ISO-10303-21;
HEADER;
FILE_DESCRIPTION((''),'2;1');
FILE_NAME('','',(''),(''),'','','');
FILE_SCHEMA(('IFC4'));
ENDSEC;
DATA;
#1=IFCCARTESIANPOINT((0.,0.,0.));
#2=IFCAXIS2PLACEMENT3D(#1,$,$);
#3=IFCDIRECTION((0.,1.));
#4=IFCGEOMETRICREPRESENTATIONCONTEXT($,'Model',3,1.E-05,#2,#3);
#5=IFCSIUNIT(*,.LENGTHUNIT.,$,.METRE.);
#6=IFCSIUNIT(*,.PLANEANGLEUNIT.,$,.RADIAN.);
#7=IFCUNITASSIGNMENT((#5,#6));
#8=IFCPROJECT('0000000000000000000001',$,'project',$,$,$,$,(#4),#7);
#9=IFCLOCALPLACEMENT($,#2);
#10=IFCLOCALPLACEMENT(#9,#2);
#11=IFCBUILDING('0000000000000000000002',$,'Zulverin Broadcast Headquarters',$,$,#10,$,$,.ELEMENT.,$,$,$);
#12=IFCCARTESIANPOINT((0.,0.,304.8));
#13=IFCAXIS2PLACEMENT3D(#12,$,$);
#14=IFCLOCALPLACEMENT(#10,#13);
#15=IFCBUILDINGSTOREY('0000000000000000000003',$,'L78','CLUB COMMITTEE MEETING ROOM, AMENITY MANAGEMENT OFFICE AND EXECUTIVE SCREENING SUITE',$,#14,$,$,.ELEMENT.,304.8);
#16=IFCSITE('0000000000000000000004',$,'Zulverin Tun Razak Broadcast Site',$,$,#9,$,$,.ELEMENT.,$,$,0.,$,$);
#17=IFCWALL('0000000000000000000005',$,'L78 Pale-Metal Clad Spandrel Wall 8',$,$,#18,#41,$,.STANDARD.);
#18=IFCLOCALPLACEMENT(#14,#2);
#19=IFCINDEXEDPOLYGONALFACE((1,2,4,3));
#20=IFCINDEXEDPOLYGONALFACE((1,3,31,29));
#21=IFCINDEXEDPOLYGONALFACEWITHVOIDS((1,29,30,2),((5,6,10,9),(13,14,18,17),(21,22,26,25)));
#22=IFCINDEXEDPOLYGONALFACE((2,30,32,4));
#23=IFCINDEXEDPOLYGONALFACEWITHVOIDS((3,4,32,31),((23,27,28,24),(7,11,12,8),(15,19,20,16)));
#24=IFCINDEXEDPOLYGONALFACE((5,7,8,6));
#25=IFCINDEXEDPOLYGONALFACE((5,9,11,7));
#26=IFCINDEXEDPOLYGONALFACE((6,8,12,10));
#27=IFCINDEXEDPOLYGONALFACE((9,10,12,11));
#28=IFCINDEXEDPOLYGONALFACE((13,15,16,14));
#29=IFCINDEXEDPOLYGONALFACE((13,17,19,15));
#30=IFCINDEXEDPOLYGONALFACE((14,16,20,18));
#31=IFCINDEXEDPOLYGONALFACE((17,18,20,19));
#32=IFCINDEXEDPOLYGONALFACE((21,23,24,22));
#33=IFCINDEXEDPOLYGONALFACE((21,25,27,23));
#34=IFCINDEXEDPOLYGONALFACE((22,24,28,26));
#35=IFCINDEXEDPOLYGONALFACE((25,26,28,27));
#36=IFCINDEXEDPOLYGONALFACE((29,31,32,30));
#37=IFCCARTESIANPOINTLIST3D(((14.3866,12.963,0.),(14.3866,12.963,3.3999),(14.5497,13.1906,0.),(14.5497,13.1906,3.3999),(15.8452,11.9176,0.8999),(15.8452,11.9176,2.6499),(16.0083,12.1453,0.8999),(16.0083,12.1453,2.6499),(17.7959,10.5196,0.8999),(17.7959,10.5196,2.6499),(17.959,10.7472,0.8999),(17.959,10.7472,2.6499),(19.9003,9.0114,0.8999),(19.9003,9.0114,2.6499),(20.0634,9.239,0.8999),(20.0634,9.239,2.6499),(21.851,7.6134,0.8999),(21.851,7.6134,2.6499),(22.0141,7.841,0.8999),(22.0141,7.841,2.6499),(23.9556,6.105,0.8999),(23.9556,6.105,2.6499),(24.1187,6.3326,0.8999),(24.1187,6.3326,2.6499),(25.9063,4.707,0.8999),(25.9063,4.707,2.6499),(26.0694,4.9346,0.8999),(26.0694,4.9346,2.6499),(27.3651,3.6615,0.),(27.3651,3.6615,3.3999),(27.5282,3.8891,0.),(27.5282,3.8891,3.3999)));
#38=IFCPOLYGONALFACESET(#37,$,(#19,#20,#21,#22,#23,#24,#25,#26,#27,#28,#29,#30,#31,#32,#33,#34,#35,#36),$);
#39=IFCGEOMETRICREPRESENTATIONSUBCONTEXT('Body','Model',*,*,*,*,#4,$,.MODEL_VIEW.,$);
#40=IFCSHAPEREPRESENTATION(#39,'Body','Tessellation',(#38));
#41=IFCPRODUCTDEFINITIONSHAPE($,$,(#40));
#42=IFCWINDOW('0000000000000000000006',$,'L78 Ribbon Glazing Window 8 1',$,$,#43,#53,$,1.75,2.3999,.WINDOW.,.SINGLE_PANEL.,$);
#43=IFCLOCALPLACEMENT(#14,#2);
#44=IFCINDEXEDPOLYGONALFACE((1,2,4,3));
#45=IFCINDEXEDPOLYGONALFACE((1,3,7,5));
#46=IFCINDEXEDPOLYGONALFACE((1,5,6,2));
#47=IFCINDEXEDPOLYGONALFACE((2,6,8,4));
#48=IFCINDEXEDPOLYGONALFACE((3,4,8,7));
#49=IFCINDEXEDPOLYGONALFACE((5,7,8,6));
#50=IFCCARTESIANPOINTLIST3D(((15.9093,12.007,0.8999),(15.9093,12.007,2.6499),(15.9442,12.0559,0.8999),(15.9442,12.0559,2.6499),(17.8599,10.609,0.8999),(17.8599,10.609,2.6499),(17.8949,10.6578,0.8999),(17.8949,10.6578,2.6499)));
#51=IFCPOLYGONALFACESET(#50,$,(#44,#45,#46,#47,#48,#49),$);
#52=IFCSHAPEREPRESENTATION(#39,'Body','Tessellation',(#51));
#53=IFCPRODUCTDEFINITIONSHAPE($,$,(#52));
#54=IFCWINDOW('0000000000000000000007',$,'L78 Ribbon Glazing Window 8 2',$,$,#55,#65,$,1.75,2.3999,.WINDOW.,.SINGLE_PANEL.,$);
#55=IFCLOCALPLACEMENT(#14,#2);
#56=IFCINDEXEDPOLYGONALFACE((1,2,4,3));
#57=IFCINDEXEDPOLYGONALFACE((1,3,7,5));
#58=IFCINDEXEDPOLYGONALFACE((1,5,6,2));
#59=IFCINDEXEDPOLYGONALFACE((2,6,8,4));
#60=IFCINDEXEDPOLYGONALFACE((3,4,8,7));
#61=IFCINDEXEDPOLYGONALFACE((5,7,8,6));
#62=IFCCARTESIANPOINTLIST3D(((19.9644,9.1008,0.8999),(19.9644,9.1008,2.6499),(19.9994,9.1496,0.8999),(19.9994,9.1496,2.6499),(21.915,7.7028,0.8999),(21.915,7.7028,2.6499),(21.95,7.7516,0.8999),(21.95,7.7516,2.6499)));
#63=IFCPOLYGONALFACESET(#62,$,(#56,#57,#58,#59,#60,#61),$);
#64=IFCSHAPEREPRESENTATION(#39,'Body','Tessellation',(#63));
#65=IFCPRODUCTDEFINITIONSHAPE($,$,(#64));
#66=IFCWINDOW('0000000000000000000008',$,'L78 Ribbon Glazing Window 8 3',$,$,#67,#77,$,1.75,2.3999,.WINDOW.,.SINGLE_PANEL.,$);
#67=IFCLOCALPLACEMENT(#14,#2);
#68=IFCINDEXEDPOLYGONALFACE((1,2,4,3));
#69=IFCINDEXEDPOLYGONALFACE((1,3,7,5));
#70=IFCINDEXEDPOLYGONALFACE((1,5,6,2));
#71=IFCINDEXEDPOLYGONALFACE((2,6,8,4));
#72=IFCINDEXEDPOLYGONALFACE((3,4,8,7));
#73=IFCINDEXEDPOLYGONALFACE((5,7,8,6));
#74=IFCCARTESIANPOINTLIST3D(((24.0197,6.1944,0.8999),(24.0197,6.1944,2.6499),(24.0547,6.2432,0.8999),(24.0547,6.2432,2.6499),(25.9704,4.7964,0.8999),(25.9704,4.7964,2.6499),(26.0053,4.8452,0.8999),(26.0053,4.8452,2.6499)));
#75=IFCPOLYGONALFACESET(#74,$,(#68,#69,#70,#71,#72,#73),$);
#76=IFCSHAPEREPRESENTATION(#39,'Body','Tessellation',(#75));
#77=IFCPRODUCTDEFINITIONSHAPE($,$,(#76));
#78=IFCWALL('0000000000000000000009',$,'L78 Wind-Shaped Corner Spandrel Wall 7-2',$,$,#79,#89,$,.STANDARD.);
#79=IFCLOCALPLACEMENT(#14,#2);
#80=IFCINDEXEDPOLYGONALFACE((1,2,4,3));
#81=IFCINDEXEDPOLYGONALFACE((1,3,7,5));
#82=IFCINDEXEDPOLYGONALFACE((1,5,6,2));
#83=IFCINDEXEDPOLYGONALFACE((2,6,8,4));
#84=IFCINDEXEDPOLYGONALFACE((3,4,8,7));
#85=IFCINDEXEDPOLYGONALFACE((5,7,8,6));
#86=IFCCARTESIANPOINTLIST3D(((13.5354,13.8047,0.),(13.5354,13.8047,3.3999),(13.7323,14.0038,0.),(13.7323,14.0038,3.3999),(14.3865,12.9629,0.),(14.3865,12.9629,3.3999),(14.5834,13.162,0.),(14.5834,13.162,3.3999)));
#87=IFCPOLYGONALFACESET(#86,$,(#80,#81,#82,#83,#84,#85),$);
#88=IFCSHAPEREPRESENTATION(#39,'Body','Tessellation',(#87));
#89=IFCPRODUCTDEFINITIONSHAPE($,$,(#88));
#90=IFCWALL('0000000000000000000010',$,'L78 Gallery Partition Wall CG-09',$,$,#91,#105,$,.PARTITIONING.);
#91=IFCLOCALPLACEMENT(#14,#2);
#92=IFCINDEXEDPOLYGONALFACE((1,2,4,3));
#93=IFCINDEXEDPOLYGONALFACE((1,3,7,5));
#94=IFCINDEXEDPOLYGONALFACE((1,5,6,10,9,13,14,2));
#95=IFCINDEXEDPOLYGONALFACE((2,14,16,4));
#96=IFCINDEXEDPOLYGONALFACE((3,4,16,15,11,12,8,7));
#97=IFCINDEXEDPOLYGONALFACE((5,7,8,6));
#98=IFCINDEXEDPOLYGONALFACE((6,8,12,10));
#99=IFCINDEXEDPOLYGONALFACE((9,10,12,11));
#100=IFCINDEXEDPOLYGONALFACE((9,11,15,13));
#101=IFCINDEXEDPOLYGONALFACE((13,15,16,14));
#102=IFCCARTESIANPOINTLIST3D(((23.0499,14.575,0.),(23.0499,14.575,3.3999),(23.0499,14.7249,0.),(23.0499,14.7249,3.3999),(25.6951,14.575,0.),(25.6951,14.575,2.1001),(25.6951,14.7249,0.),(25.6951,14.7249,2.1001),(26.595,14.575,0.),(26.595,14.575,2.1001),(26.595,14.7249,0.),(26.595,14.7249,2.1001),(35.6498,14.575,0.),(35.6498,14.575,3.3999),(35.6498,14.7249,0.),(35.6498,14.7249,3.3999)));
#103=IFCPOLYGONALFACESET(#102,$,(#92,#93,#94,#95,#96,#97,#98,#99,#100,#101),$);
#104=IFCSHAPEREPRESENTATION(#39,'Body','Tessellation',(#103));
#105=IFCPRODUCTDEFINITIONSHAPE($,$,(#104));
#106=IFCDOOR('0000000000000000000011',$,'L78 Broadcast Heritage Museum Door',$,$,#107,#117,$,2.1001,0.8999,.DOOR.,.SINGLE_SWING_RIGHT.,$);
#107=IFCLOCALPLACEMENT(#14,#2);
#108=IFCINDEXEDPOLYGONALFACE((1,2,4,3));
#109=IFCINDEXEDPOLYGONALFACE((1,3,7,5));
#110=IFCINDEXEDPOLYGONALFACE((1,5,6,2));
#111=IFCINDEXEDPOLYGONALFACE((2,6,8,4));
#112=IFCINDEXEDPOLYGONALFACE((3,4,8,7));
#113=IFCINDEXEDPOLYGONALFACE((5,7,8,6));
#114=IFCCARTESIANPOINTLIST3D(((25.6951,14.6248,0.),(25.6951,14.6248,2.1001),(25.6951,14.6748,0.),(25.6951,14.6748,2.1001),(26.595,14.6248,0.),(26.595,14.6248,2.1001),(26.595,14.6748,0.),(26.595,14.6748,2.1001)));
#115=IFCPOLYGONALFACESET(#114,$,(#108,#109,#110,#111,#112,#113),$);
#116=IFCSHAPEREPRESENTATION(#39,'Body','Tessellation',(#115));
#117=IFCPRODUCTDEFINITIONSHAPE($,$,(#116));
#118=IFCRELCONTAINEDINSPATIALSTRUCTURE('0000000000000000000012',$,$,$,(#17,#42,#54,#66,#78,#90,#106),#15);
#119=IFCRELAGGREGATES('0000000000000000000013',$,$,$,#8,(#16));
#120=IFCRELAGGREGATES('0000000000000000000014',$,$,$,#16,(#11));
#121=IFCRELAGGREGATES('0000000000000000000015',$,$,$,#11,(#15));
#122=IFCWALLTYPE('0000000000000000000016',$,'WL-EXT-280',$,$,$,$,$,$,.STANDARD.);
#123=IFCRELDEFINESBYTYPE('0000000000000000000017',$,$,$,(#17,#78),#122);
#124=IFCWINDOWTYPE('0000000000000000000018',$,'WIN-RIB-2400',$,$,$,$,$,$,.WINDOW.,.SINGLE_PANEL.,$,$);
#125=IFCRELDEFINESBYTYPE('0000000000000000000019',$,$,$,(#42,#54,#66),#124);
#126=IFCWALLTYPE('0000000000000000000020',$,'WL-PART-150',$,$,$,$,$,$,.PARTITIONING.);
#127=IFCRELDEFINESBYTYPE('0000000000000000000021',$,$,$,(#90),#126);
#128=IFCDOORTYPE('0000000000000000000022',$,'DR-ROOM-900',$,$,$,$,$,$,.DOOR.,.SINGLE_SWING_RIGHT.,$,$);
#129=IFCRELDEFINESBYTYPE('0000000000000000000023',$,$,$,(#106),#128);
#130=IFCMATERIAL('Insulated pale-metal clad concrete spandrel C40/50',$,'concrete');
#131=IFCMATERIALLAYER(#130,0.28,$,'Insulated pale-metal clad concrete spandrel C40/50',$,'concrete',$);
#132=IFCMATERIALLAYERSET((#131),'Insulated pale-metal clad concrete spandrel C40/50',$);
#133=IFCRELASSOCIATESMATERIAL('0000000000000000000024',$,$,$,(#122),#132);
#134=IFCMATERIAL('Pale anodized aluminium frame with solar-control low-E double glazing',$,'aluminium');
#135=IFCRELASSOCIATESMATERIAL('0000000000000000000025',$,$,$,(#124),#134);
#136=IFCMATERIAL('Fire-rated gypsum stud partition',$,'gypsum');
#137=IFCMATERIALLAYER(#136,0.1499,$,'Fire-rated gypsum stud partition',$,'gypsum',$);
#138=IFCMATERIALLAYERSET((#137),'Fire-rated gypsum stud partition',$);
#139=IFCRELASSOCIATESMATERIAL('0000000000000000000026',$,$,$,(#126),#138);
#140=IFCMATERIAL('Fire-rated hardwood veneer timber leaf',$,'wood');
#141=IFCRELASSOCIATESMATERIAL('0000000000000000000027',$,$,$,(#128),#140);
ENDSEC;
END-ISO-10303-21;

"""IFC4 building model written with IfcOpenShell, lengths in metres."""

from ifc_helpers import new_model, si_unit, direction, frame, frame_2d, origin, place, context, subcontext, project, spatial, rectangle, extrude, material, layer, layer_set, type_object, element, fill, save


model = new_model("IFC4")

# Units and contexts
model_context = context("Model", 3, precision=1e-05, world=origin(), true_north=direction((0.0, 1.0)))
body_context = subcontext(model_context, "Body", "Model", "MODEL_VIEW")
ifc_project = project(units=[si_unit("LENGTHUNIT", "METRE"), si_unit("PLANEANGLEUNIT", "RADIAN")], contexts=[model_context])

# Site, building, storey
site_placement = place(None, origin())
site = spatial("IfcSite", under=ifc_project, at=site_placement, Name="Zulverin Tun Razak Broadcast Site", CompositionType="ELEMENT", RefElevation=0.0)
building_placement = place(site_placement, origin())
building = spatial("IfcBuilding", under=site, at=building_placement, Name="Zulverin Broadcast Headquarters", CompositionType="ELEMENT")
storey_placement = place(building_placement, frame((0.0, 0.0, 304.8)))
storey = spatial("IfcBuildingStorey", under=building, at=storey_placement, Name="L78", Description="CLUB COMMITTEE MEETING ROOM, AMENITY MANAGEMENT OFFICE AND EXECUTIVE SCREENING SUITE", CompositionType="ELEMENT", Elevation=304.8)

# Wall, openings, windows
ifc_material_1 = material(Name="Insulated pale-metal clad concrete spandrel C40/50", Category="concrete")
ifc_layer_1 = layer(ifc_material_1, 0.28, Name="Insulated pale-metal clad concrete spandrel C40/50", Category="concrete")
ifc_layer_set_1 = layer_set([ifc_layer_1], Name="Insulated pale-metal clad concrete spandrel C40/50")
wall_type_1 = type_object("IfcWallType", Name="WL-EXT-280", PredefinedType="STANDARD", material=ifc_layer_set_1)
wall_1_placement = place(storey_placement, frame((14.468, 13.0769, 0.0), z_axis=(0.0, 0.0, 1.0), x_axis=(0.81281, -0.582529, 0.0)))
wall_1 = element("IfcWall", 1, at=wall_1_placement, inside=storey, type_object=wall_type_1, Name="L78 Pale-Metal Clad Spandrel Wall 8", PredefinedType="STANDARD", context=body_context, shape_type="SweptSolid", body=[
    extrude(rectangle(XDim=15.9675, YDim=0.28, at=frame_2d((7.9839, 0.0))), origin(), (0.0, 0.0, 1.0), 3.3999),
])
opening_1_placement = place(wall_1_placement, frame((1.7947, 0.0, 0.8999)))
opening_1 = element("IfcOpeningElement", 2, at=opening_1_placement, cuts=wall_1, PredefinedType="OPENING", context=body_context, shape_type="SweptSolid", body=[
    extrude(rectangle(XDim=2.3999, YDim=1.75, at=frame_2d((1.2, 0.875))), frame((0.0, 0.1499, 0.0), z_axis=(0.0, -1.0, 0.0), x_axis=(1.0, 0.0, 0.0)), (0.0, 0.0, 1.0), 0.3),
])
opening_2_placement = place(wall_1_placement, frame((6.7837, 0.0, 0.8999)))
opening_2 = element("IfcOpeningElement", 3, at=opening_2_placement, cuts=wall_1, PredefinedType="OPENING", context=body_context, shape_type="SweptSolid", body=[
    extrude(rectangle(XDim=2.3999, YDim=1.75, at=frame_2d((1.2, 0.875))), frame((0.0, 0.1499, 0.0), z_axis=(0.0, -1.0, 0.0), x_axis=(1.0, 0.0, 0.0)), (0.0, 0.0, 1.0), 0.3),
])
opening_3_placement = place(wall_1_placement, frame((11.7729, 0.0, 0.8999)))
opening_3 = element("IfcOpeningElement", 4, at=opening_3_placement, cuts=wall_1, PredefinedType="OPENING", context=body_context, shape_type="SweptSolid", body=[
    extrude(rectangle(XDim=2.3999, YDim=1.75, at=frame_2d((1.2, 0.875))), frame((0.0, 0.1499, 0.0), z_axis=(0.0, -1.0, 0.0), x_axis=(1.0, 0.0, 0.0)), (0.0, 0.0, 1.0), 0.3),
])
ifc_material_2 = material(Name="Pale anodized aluminium frame with solar-control low-E double glazing", Category="aluminium")
window_type = type_object("IfcWindowType", Name="WIN-RIB-2400", PartitioningType="SINGLE_PANEL", PredefinedType="WINDOW", material=ifc_material_2)
window_1_placement = place(opening_1_placement, origin())
window_1 = element("IfcWindow", 5, at=window_1_placement, inside=storey, type_object=window_type, Name="L78 Ribbon Glazing Window 8 1", OverallHeight=1.75, OverallWidth=2.3999, PartitioningType="SINGLE_PANEL", PredefinedType="WINDOW", context=body_context, shape_type="SweptSolid", body=[
    extrude(rectangle(XDim=2.3999, YDim=1.75, at=frame_2d((1.2, 0.875))), frame((0.0, 0.03, 0.0), z_axis=(0.0, -1.0, 0.0), x_axis=(1.0, 0.0, 0.0)), (0.0, 0.0, 1.0), 0.0601),
])
fill(opening_1, window_1)
window_2_placement = place(opening_2_placement, origin())
window_2 = element("IfcWindow", 6, at=window_2_placement, inside=storey, type_object=window_type, Name="L78 Ribbon Glazing Window 8 2", OverallHeight=1.75, OverallWidth=2.3999, PartitioningType="SINGLE_PANEL", PredefinedType="WINDOW", context=body_context, shape_type="SweptSolid", body=[
    extrude(rectangle(XDim=2.3999, YDim=1.75, at=frame_2d((1.2, 0.875))), frame((0.0, 0.03, 0.0), z_axis=(0.0, -1.0, 0.0), x_axis=(1.0, 0.0, 0.0)), (0.0, 0.0, 1.0), 0.0601),
])
fill(opening_2, window_2)
window_3_placement = place(opening_3_placement, origin())
window_3 = element("IfcWindow", 7, at=window_3_placement, inside=storey, type_object=window_type, Name="L78 Ribbon Glazing Window 8 3", OverallHeight=1.75, OverallWidth=2.3999, PartitioningType="SINGLE_PANEL", PredefinedType="WINDOW", context=body_context, shape_type="SweptSolid", body=[
    extrude(rectangle(XDim=2.3999, YDim=1.75, at=frame_2d((1.2, 0.875))), frame((0.0, 0.03, 0.0), z_axis=(0.0, -1.0, 0.0), x_axis=(1.0, 0.0, 0.0)), (0.0, 0.0, 1.0), 0.0601),
])
fill(opening_3, window_3)

# Wall
wall_2_placement = place(storey_placement, frame((13.6338, 13.9043, 0.0), z_axis=(0.0, 0.0, 1.0), x_axis=(0.710971, -0.703221, 0.0)))
element("IfcWall", 8, at=wall_2_placement, inside=storey, type_object=wall_type_1, Name="L78 Wind-Shaped Corner Spandrel Wall 7-2", PredefinedType="STANDARD", context=body_context, shape_type="SweptSolid", body=[
    extrude(rectangle(XDim=1.197, YDim=0.28, at=frame_2d((0.5986, 0.0))), origin(), (0.0, 0.0, 1.0), 3.3999),
])

# Wall, opening, door
ifc_material_3 = material(Name="Fire-rated gypsum stud partition", Category="gypsum")
ifc_layer_2 = layer(ifc_material_3, 0.1499, Name="Fire-rated gypsum stud partition", Category="gypsum")
ifc_layer_set_2 = layer_set([ifc_layer_2], Name="Fire-rated gypsum stud partition")
wall_type_2 = type_object("IfcWallType", Name="WL-PART-150", PredefinedType="PARTITIONING", material=ifc_layer_set_2)
wall_3_placement = place(storey_placement, frame((23.05, 14.6499, 0.0), z_axis=(0.0, 0.0, 1.0), x_axis=(1.0, 0.0, 0.0)))
wall_3 = element("IfcWall", 9, at=wall_3_placement, inside=storey, type_object=wall_type_2, Name="L78 Gallery Partition Wall CG-09", PredefinedType="PARTITIONING", context=body_context, shape_type="SweptSolid", body=[
    extrude(rectangle(XDim=12.5999, YDim=0.1499, at=frame_2d((6.2998, 0.0))), origin(), (0.0, 0.0, 1.0), 3.3999),
])
opening_4_placement = place(wall_3_placement, frame((2.645, 0.0, 0.0)))
opening_4 = element("IfcOpeningElement", 10, at=opening_4_placement, cuts=wall_3, PredefinedType="OPENING", context=body_context, shape_type="SweptSolid", body=[
    extrude(rectangle(XDim=0.8999, YDim=2.1001, at=frame_2d((0.45, 1.05))), frame((0.0, 0.085, 0.0), z_axis=(0.0, -1.0, 0.0), x_axis=(1.0, 0.0, 0.0)), (0.0, 0.0, 1.0), 0.1699),
])
ifc_material_4 = material(Name="Fire-rated hardwood veneer timber leaf", Category="wood")
door_type_1 = type_object("IfcDoorType", Name="DR-ROOM-900", OperationType="SINGLE_SWING_RIGHT", PredefinedType="DOOR", material=ifc_material_4)
door_1_placement = place(opening_4_placement, origin())
door_1 = element("IfcDoor", 11, at=door_1_placement, inside=storey, type_object=door_type_1, Name="L78 Broadcast Heritage Museum Door", OperationType="SINGLE_SWING_RIGHT", OverallHeight=2.1001, OverallWidth=0.8999, PredefinedType="DOOR", context=body_context, shape_type="SweptSolid", body=[
    extrude(rectangle(XDim=0.8999, YDim=2.1001, at=frame_2d((0.45, 1.05))), frame((0.0, 0.0249, 0.0), z_axis=(0.0, -1.0, 0.0), x_axis=(1.0, 0.0, 0.0)), (0.0, 0.0, 1.0), 0.05),
])
fill(opening_4, door_1)

save(model, "model.ifc")
